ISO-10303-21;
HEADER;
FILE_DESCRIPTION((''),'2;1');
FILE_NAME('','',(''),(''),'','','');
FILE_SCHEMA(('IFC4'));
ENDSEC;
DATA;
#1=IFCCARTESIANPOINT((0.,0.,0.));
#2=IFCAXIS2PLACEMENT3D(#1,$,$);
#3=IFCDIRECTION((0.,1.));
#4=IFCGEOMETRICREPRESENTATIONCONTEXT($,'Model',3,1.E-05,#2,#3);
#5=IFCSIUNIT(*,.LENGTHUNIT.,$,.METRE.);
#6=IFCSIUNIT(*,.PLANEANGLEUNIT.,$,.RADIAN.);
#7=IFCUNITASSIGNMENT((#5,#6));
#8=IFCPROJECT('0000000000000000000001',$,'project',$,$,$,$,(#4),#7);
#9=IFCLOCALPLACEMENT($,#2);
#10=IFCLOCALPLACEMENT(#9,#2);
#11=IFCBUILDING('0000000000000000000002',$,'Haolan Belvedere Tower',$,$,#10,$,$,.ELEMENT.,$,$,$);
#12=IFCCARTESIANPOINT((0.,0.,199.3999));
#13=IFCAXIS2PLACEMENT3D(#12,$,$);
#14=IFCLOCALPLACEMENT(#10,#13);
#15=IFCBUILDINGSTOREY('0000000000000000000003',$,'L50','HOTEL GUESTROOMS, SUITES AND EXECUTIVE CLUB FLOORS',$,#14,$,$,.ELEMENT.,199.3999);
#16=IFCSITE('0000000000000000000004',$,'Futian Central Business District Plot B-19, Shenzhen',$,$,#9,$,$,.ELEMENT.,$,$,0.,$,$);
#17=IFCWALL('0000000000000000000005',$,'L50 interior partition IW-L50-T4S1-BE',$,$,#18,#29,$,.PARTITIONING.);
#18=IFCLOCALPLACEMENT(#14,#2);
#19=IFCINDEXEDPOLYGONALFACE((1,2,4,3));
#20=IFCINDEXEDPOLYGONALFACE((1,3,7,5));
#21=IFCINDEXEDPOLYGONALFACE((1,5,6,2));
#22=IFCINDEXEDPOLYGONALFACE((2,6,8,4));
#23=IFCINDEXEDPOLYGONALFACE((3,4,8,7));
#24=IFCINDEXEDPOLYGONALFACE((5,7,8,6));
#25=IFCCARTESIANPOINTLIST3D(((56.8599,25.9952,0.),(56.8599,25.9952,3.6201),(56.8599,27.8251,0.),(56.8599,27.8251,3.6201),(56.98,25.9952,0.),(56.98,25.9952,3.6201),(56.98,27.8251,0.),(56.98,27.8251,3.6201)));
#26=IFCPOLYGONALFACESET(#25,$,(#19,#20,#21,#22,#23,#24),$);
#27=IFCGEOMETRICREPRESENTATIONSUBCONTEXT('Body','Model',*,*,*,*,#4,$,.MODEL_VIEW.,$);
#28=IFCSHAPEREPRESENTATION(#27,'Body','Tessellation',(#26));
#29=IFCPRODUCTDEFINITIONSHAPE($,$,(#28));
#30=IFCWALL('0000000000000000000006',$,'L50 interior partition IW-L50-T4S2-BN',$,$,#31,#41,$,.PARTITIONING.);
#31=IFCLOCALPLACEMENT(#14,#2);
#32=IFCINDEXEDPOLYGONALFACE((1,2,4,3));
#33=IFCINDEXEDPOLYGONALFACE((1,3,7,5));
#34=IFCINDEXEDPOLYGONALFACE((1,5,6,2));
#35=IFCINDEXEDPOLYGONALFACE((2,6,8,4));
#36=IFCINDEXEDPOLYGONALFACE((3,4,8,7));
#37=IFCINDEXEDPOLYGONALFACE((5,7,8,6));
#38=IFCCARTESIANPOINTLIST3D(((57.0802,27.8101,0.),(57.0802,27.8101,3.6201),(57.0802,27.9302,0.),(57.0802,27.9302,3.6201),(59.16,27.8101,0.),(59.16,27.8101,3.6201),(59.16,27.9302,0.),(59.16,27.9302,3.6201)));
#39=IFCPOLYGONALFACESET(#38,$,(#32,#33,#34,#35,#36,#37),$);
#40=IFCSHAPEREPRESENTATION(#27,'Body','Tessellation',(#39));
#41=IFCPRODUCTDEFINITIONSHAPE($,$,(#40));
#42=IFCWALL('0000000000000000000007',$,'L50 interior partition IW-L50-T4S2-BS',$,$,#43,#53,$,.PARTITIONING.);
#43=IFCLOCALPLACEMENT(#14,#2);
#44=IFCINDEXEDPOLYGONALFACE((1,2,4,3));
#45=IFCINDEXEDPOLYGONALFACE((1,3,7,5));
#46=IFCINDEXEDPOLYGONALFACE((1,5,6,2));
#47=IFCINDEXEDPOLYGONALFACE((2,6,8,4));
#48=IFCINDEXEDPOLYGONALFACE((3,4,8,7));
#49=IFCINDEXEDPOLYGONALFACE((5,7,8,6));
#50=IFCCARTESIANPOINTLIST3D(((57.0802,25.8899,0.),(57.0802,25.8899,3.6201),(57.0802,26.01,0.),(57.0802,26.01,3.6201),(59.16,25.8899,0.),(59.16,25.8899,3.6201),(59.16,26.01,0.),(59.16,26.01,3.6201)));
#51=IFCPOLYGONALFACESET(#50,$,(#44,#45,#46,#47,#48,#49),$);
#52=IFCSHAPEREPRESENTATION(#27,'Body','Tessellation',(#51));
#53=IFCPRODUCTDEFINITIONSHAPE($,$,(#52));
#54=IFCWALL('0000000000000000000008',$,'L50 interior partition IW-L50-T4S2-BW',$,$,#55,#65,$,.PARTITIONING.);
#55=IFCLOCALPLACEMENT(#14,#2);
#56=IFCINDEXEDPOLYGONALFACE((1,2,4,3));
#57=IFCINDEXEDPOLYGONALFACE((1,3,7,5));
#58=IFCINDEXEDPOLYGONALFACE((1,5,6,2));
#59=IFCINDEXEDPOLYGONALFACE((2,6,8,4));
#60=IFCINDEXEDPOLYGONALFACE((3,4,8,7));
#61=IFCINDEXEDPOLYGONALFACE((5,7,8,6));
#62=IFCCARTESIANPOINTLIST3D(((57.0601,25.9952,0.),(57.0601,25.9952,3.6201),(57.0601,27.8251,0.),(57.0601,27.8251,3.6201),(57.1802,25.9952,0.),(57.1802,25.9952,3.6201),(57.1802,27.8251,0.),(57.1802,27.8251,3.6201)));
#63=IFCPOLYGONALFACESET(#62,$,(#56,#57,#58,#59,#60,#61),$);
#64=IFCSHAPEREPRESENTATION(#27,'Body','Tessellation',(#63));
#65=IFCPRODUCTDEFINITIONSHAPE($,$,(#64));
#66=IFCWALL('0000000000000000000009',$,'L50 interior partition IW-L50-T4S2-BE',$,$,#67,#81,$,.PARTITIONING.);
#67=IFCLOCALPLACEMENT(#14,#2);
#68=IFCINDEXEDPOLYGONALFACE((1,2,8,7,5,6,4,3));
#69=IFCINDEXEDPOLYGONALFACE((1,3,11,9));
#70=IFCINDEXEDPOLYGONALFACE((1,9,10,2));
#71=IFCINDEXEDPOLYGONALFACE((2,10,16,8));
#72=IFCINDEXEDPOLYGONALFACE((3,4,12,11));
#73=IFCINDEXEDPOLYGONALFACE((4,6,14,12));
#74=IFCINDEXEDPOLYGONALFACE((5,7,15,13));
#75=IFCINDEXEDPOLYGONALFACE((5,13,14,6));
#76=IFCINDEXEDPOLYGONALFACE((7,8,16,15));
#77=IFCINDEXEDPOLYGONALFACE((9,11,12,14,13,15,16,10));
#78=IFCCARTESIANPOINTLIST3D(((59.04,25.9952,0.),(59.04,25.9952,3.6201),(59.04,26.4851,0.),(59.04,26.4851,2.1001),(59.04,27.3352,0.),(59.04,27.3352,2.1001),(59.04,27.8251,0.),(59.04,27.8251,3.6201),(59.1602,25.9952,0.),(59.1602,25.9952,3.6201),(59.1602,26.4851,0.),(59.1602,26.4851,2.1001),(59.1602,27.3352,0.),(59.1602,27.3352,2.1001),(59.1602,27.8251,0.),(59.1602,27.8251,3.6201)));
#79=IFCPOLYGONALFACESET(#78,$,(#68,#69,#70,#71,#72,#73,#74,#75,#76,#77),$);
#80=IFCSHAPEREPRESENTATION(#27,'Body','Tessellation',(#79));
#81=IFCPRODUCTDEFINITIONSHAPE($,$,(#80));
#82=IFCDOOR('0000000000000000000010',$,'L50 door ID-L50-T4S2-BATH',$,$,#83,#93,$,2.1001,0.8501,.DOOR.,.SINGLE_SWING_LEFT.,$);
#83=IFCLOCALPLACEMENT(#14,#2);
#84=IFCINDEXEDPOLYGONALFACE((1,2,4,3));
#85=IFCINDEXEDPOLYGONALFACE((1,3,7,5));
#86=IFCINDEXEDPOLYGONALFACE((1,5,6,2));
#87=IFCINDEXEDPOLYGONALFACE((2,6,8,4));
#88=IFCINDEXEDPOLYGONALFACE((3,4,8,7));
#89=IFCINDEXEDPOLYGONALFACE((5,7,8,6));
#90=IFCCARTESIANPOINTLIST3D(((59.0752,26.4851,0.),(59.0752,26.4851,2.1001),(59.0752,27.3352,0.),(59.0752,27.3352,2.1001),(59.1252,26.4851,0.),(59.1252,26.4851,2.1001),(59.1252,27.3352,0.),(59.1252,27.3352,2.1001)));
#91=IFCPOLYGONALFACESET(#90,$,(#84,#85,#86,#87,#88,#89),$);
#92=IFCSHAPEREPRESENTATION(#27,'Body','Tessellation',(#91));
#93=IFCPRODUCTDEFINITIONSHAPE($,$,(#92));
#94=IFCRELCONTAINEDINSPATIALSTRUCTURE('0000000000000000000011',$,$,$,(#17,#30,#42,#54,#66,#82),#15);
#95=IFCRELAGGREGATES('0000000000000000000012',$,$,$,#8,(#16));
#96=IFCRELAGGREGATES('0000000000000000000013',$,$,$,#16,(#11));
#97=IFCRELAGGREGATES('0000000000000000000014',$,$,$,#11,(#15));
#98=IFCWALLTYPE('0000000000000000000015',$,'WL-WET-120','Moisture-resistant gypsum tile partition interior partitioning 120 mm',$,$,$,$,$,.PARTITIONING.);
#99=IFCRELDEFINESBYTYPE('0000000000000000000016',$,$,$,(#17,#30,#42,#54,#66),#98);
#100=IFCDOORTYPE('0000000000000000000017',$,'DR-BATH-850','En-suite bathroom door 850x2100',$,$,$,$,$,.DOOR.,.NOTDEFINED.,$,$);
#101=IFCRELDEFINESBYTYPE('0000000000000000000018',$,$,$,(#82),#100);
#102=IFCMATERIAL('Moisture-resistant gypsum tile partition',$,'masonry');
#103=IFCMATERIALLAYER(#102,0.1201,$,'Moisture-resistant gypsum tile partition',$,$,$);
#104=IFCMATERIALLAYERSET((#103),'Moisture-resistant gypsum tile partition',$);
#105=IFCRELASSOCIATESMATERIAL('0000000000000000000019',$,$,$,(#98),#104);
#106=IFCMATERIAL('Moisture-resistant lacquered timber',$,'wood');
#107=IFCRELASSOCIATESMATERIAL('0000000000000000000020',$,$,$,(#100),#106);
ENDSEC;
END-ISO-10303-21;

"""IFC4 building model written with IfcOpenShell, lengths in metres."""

from ifc_helpers import new_model, si_unit, direction, frame, frame_2d, origin, place, context, subcontext, project, spatial, rectangle, extrude, material, layer, layer_set, type_object, element, fill, save


model = new_model("IFC4")

# Units and contexts
model_context = context("Model", 3, precision=1e-05, world=origin(), true_north=direction((0.0, 1.0)))
body_context = subcontext(model_context, "Body", "Model", "MODEL_VIEW")
ifc_project = project(units=[si_unit("LENGTHUNIT", "METRE"), si_unit("PLANEANGLEUNIT", "RADIAN")], contexts=[model_context])

# Site, building, storey
site_placement = place(None, origin())
site = spatial("IfcSite", under=ifc_project, at=site_placement, Name="Futian Central Business District Plot B-19, Shenzhen", CompositionType="ELEMENT", RefElevation=0.0)
building_placement = place(site_placement, origin())
building = spatial("IfcBuilding", under=site, at=building_placement, Name="Haolan Belvedere Tower", CompositionType="ELEMENT")
storey_placement = place(building_placement, frame((0.0, 0.0, 199.3999)))
storey = spatial("IfcBuildingStorey", under=building, at=storey_placement, Name="L50", Description="HOTEL GUESTROOMS, SUITES AND EXECUTIVE CLUB FLOORS", CompositionType="ELEMENT", Elevation=199.3999)

# Shared definitions
ifc_material_1 = material(Name="Moisture-resistant gypsum tile partition", Category="masonry")
ifc_layer_1 = layer(ifc_material_1, 0.1201, Name="Moisture-resistant gypsum tile partition")
ifc_layer_set_1 = layer_set([ifc_layer_1], Name="Moisture-resistant gypsum tile partition")
wall_type_1 = type_object("IfcWallType", Name="WL-WET-120", Description="Moisture-resistant gypsum tile partition interior partitioning 120 mm", PredefinedType="PARTITIONING", material=ifc_layer_set_1)

# Shared definitions
ifc_material_2 = material(Name="Moisture-resistant lacquered timber", Category="wood")
door_type_1 = type_object("IfcDoorType", Name="DR-BATH-850", Description="En-suite bathroom door 850x2100", OperationType="NOTDEFINED", PredefinedType="DOOR", material=ifc_material_2)

# Walls
wall_1_placement = place(storey_placement, frame((56.9199, 25.9951, 0.0), z_axis=(0.0, 0.0, 1.0), x_axis=(0.0, 1.0, 0.0)))
element("IfcWall", 1, at=wall_1_placement, inside=storey, type_object=wall_type_1, Name="L50 interior partition IW-L50-T4S1-BE", PredefinedType="PARTITIONING", context=body_context, shape_type="SweptSolid", body=[
    extrude(rectangle(XDim=1.8298, YDim=0.1201, at=frame_2d((0.915, 0.0))), origin(), (0.0, 0.0, 1.0), 3.6201),
])
for number, where, z_axis, x_axis, name in (
    (2, (57.0801, 27.8701, 0.0), (0.0, 0.0, 1.0), (1.0, 0.0, 0.0), "L50 interior partition IW-L50-T4S2-BN"),
    (3, (57.0801, 25.95, 0.0), (0.0, 0.0, 1.0), (1.0, 0.0, 0.0), "L50 interior partition IW-L50-T4S2-BS"),
):
    element("IfcWall", number, at=place(storey_placement, frame(where, z_axis=z_axis, x_axis=x_axis)), inside=storey, type_object=wall_type_1, Name=name, PredefinedType="PARTITIONING", context=body_context, shape_type="SweptSolid", body=[
        extrude(rectangle(XDim=2.0798, YDim=0.1201, at=frame_2d((1.04, 0.0))), origin(), (0.0, 0.0, 1.0), 3.6201),
    ])
wall_2_placement = place(storey_placement, frame((57.1201, 25.9951, 0.0), z_axis=(0.0, 0.0, 1.0), x_axis=(0.0, 1.0, 0.0)))
element("IfcWall", 4, at=wall_2_placement, inside=storey, type_object=wall_type_1, Name="L50 interior partition IW-L50-T4S2-BW", PredefinedType="PARTITIONING", context=body_context, shape_type="SweptSolid", body=[
    extrude(rectangle(XDim=1.8298, YDim=0.1201, at=frame_2d((0.915, 0.0))), origin(), (0.0, 0.0, 1.0), 3.6201),
])

# Wall, opening, door
wall_3_placement = place(storey_placement, frame((59.1001, 25.9951, 0.0), z_axis=(0.0, 0.0, 1.0), x_axis=(0.0, 1.0, 0.0)))
wall_3 = element("IfcWall", 5, at=wall_3_placement, inside=storey, type_object=wall_type_1, Name="L50 interior partition IW-L50-T4S2-BE", PredefinedType="PARTITIONING", context=body_context, shape_type="SweptSolid", body=[
    extrude(rectangle(XDim=1.8298, YDim=0.1201, at=frame_2d((0.915, 0.0))), origin(), (0.0, 0.0, 1.0), 3.6201),
])
opening_1_placement = place(wall_3_placement, frame((0.49, 0.0, 0.0)))
opening_1 = element("IfcOpeningElement", 6, at=opening_1_placement, cuts=wall_3, PredefinedType="OPENING", context=body_context, shape_type="SweptSolid", body=[
    extrude(rectangle(XDim=0.8501, YDim=2.1001, at=frame_2d((0.425, 1.05))), frame((0.0, 0.0701, 0.0), z_axis=(0.0, -1.0, 0.0), x_axis=(1.0, 0.0, 0.0)), (0.0, 0.0, 1.0), 0.1401),
])
door_1_placement = place(opening_1_placement, origin())
door_1 = element("IfcDoor", 7, at=door_1_placement, inside=storey, type_object=door_type_1, Name="L50 door ID-L50-T4S2-BATH", OperationType="SINGLE_SWING_LEFT", OverallHeight=2.1001, OverallWidth=0.8501, PredefinedType="DOOR", context=body_context, shape_type="SweptSolid", body=[
    extrude(rectangle(XDim=0.8501, YDim=2.1001, at=frame_2d((0.425, 1.05))), frame((0.0, 0.0249, 0.0), z_axis=(0.0, -1.0, 0.0), x_axis=(1.0, 0.0, 0.0)), (0.0, 0.0, 1.0), 0.05),
])
fill(opening_1, door_1)

save(model, "model.ifc")
